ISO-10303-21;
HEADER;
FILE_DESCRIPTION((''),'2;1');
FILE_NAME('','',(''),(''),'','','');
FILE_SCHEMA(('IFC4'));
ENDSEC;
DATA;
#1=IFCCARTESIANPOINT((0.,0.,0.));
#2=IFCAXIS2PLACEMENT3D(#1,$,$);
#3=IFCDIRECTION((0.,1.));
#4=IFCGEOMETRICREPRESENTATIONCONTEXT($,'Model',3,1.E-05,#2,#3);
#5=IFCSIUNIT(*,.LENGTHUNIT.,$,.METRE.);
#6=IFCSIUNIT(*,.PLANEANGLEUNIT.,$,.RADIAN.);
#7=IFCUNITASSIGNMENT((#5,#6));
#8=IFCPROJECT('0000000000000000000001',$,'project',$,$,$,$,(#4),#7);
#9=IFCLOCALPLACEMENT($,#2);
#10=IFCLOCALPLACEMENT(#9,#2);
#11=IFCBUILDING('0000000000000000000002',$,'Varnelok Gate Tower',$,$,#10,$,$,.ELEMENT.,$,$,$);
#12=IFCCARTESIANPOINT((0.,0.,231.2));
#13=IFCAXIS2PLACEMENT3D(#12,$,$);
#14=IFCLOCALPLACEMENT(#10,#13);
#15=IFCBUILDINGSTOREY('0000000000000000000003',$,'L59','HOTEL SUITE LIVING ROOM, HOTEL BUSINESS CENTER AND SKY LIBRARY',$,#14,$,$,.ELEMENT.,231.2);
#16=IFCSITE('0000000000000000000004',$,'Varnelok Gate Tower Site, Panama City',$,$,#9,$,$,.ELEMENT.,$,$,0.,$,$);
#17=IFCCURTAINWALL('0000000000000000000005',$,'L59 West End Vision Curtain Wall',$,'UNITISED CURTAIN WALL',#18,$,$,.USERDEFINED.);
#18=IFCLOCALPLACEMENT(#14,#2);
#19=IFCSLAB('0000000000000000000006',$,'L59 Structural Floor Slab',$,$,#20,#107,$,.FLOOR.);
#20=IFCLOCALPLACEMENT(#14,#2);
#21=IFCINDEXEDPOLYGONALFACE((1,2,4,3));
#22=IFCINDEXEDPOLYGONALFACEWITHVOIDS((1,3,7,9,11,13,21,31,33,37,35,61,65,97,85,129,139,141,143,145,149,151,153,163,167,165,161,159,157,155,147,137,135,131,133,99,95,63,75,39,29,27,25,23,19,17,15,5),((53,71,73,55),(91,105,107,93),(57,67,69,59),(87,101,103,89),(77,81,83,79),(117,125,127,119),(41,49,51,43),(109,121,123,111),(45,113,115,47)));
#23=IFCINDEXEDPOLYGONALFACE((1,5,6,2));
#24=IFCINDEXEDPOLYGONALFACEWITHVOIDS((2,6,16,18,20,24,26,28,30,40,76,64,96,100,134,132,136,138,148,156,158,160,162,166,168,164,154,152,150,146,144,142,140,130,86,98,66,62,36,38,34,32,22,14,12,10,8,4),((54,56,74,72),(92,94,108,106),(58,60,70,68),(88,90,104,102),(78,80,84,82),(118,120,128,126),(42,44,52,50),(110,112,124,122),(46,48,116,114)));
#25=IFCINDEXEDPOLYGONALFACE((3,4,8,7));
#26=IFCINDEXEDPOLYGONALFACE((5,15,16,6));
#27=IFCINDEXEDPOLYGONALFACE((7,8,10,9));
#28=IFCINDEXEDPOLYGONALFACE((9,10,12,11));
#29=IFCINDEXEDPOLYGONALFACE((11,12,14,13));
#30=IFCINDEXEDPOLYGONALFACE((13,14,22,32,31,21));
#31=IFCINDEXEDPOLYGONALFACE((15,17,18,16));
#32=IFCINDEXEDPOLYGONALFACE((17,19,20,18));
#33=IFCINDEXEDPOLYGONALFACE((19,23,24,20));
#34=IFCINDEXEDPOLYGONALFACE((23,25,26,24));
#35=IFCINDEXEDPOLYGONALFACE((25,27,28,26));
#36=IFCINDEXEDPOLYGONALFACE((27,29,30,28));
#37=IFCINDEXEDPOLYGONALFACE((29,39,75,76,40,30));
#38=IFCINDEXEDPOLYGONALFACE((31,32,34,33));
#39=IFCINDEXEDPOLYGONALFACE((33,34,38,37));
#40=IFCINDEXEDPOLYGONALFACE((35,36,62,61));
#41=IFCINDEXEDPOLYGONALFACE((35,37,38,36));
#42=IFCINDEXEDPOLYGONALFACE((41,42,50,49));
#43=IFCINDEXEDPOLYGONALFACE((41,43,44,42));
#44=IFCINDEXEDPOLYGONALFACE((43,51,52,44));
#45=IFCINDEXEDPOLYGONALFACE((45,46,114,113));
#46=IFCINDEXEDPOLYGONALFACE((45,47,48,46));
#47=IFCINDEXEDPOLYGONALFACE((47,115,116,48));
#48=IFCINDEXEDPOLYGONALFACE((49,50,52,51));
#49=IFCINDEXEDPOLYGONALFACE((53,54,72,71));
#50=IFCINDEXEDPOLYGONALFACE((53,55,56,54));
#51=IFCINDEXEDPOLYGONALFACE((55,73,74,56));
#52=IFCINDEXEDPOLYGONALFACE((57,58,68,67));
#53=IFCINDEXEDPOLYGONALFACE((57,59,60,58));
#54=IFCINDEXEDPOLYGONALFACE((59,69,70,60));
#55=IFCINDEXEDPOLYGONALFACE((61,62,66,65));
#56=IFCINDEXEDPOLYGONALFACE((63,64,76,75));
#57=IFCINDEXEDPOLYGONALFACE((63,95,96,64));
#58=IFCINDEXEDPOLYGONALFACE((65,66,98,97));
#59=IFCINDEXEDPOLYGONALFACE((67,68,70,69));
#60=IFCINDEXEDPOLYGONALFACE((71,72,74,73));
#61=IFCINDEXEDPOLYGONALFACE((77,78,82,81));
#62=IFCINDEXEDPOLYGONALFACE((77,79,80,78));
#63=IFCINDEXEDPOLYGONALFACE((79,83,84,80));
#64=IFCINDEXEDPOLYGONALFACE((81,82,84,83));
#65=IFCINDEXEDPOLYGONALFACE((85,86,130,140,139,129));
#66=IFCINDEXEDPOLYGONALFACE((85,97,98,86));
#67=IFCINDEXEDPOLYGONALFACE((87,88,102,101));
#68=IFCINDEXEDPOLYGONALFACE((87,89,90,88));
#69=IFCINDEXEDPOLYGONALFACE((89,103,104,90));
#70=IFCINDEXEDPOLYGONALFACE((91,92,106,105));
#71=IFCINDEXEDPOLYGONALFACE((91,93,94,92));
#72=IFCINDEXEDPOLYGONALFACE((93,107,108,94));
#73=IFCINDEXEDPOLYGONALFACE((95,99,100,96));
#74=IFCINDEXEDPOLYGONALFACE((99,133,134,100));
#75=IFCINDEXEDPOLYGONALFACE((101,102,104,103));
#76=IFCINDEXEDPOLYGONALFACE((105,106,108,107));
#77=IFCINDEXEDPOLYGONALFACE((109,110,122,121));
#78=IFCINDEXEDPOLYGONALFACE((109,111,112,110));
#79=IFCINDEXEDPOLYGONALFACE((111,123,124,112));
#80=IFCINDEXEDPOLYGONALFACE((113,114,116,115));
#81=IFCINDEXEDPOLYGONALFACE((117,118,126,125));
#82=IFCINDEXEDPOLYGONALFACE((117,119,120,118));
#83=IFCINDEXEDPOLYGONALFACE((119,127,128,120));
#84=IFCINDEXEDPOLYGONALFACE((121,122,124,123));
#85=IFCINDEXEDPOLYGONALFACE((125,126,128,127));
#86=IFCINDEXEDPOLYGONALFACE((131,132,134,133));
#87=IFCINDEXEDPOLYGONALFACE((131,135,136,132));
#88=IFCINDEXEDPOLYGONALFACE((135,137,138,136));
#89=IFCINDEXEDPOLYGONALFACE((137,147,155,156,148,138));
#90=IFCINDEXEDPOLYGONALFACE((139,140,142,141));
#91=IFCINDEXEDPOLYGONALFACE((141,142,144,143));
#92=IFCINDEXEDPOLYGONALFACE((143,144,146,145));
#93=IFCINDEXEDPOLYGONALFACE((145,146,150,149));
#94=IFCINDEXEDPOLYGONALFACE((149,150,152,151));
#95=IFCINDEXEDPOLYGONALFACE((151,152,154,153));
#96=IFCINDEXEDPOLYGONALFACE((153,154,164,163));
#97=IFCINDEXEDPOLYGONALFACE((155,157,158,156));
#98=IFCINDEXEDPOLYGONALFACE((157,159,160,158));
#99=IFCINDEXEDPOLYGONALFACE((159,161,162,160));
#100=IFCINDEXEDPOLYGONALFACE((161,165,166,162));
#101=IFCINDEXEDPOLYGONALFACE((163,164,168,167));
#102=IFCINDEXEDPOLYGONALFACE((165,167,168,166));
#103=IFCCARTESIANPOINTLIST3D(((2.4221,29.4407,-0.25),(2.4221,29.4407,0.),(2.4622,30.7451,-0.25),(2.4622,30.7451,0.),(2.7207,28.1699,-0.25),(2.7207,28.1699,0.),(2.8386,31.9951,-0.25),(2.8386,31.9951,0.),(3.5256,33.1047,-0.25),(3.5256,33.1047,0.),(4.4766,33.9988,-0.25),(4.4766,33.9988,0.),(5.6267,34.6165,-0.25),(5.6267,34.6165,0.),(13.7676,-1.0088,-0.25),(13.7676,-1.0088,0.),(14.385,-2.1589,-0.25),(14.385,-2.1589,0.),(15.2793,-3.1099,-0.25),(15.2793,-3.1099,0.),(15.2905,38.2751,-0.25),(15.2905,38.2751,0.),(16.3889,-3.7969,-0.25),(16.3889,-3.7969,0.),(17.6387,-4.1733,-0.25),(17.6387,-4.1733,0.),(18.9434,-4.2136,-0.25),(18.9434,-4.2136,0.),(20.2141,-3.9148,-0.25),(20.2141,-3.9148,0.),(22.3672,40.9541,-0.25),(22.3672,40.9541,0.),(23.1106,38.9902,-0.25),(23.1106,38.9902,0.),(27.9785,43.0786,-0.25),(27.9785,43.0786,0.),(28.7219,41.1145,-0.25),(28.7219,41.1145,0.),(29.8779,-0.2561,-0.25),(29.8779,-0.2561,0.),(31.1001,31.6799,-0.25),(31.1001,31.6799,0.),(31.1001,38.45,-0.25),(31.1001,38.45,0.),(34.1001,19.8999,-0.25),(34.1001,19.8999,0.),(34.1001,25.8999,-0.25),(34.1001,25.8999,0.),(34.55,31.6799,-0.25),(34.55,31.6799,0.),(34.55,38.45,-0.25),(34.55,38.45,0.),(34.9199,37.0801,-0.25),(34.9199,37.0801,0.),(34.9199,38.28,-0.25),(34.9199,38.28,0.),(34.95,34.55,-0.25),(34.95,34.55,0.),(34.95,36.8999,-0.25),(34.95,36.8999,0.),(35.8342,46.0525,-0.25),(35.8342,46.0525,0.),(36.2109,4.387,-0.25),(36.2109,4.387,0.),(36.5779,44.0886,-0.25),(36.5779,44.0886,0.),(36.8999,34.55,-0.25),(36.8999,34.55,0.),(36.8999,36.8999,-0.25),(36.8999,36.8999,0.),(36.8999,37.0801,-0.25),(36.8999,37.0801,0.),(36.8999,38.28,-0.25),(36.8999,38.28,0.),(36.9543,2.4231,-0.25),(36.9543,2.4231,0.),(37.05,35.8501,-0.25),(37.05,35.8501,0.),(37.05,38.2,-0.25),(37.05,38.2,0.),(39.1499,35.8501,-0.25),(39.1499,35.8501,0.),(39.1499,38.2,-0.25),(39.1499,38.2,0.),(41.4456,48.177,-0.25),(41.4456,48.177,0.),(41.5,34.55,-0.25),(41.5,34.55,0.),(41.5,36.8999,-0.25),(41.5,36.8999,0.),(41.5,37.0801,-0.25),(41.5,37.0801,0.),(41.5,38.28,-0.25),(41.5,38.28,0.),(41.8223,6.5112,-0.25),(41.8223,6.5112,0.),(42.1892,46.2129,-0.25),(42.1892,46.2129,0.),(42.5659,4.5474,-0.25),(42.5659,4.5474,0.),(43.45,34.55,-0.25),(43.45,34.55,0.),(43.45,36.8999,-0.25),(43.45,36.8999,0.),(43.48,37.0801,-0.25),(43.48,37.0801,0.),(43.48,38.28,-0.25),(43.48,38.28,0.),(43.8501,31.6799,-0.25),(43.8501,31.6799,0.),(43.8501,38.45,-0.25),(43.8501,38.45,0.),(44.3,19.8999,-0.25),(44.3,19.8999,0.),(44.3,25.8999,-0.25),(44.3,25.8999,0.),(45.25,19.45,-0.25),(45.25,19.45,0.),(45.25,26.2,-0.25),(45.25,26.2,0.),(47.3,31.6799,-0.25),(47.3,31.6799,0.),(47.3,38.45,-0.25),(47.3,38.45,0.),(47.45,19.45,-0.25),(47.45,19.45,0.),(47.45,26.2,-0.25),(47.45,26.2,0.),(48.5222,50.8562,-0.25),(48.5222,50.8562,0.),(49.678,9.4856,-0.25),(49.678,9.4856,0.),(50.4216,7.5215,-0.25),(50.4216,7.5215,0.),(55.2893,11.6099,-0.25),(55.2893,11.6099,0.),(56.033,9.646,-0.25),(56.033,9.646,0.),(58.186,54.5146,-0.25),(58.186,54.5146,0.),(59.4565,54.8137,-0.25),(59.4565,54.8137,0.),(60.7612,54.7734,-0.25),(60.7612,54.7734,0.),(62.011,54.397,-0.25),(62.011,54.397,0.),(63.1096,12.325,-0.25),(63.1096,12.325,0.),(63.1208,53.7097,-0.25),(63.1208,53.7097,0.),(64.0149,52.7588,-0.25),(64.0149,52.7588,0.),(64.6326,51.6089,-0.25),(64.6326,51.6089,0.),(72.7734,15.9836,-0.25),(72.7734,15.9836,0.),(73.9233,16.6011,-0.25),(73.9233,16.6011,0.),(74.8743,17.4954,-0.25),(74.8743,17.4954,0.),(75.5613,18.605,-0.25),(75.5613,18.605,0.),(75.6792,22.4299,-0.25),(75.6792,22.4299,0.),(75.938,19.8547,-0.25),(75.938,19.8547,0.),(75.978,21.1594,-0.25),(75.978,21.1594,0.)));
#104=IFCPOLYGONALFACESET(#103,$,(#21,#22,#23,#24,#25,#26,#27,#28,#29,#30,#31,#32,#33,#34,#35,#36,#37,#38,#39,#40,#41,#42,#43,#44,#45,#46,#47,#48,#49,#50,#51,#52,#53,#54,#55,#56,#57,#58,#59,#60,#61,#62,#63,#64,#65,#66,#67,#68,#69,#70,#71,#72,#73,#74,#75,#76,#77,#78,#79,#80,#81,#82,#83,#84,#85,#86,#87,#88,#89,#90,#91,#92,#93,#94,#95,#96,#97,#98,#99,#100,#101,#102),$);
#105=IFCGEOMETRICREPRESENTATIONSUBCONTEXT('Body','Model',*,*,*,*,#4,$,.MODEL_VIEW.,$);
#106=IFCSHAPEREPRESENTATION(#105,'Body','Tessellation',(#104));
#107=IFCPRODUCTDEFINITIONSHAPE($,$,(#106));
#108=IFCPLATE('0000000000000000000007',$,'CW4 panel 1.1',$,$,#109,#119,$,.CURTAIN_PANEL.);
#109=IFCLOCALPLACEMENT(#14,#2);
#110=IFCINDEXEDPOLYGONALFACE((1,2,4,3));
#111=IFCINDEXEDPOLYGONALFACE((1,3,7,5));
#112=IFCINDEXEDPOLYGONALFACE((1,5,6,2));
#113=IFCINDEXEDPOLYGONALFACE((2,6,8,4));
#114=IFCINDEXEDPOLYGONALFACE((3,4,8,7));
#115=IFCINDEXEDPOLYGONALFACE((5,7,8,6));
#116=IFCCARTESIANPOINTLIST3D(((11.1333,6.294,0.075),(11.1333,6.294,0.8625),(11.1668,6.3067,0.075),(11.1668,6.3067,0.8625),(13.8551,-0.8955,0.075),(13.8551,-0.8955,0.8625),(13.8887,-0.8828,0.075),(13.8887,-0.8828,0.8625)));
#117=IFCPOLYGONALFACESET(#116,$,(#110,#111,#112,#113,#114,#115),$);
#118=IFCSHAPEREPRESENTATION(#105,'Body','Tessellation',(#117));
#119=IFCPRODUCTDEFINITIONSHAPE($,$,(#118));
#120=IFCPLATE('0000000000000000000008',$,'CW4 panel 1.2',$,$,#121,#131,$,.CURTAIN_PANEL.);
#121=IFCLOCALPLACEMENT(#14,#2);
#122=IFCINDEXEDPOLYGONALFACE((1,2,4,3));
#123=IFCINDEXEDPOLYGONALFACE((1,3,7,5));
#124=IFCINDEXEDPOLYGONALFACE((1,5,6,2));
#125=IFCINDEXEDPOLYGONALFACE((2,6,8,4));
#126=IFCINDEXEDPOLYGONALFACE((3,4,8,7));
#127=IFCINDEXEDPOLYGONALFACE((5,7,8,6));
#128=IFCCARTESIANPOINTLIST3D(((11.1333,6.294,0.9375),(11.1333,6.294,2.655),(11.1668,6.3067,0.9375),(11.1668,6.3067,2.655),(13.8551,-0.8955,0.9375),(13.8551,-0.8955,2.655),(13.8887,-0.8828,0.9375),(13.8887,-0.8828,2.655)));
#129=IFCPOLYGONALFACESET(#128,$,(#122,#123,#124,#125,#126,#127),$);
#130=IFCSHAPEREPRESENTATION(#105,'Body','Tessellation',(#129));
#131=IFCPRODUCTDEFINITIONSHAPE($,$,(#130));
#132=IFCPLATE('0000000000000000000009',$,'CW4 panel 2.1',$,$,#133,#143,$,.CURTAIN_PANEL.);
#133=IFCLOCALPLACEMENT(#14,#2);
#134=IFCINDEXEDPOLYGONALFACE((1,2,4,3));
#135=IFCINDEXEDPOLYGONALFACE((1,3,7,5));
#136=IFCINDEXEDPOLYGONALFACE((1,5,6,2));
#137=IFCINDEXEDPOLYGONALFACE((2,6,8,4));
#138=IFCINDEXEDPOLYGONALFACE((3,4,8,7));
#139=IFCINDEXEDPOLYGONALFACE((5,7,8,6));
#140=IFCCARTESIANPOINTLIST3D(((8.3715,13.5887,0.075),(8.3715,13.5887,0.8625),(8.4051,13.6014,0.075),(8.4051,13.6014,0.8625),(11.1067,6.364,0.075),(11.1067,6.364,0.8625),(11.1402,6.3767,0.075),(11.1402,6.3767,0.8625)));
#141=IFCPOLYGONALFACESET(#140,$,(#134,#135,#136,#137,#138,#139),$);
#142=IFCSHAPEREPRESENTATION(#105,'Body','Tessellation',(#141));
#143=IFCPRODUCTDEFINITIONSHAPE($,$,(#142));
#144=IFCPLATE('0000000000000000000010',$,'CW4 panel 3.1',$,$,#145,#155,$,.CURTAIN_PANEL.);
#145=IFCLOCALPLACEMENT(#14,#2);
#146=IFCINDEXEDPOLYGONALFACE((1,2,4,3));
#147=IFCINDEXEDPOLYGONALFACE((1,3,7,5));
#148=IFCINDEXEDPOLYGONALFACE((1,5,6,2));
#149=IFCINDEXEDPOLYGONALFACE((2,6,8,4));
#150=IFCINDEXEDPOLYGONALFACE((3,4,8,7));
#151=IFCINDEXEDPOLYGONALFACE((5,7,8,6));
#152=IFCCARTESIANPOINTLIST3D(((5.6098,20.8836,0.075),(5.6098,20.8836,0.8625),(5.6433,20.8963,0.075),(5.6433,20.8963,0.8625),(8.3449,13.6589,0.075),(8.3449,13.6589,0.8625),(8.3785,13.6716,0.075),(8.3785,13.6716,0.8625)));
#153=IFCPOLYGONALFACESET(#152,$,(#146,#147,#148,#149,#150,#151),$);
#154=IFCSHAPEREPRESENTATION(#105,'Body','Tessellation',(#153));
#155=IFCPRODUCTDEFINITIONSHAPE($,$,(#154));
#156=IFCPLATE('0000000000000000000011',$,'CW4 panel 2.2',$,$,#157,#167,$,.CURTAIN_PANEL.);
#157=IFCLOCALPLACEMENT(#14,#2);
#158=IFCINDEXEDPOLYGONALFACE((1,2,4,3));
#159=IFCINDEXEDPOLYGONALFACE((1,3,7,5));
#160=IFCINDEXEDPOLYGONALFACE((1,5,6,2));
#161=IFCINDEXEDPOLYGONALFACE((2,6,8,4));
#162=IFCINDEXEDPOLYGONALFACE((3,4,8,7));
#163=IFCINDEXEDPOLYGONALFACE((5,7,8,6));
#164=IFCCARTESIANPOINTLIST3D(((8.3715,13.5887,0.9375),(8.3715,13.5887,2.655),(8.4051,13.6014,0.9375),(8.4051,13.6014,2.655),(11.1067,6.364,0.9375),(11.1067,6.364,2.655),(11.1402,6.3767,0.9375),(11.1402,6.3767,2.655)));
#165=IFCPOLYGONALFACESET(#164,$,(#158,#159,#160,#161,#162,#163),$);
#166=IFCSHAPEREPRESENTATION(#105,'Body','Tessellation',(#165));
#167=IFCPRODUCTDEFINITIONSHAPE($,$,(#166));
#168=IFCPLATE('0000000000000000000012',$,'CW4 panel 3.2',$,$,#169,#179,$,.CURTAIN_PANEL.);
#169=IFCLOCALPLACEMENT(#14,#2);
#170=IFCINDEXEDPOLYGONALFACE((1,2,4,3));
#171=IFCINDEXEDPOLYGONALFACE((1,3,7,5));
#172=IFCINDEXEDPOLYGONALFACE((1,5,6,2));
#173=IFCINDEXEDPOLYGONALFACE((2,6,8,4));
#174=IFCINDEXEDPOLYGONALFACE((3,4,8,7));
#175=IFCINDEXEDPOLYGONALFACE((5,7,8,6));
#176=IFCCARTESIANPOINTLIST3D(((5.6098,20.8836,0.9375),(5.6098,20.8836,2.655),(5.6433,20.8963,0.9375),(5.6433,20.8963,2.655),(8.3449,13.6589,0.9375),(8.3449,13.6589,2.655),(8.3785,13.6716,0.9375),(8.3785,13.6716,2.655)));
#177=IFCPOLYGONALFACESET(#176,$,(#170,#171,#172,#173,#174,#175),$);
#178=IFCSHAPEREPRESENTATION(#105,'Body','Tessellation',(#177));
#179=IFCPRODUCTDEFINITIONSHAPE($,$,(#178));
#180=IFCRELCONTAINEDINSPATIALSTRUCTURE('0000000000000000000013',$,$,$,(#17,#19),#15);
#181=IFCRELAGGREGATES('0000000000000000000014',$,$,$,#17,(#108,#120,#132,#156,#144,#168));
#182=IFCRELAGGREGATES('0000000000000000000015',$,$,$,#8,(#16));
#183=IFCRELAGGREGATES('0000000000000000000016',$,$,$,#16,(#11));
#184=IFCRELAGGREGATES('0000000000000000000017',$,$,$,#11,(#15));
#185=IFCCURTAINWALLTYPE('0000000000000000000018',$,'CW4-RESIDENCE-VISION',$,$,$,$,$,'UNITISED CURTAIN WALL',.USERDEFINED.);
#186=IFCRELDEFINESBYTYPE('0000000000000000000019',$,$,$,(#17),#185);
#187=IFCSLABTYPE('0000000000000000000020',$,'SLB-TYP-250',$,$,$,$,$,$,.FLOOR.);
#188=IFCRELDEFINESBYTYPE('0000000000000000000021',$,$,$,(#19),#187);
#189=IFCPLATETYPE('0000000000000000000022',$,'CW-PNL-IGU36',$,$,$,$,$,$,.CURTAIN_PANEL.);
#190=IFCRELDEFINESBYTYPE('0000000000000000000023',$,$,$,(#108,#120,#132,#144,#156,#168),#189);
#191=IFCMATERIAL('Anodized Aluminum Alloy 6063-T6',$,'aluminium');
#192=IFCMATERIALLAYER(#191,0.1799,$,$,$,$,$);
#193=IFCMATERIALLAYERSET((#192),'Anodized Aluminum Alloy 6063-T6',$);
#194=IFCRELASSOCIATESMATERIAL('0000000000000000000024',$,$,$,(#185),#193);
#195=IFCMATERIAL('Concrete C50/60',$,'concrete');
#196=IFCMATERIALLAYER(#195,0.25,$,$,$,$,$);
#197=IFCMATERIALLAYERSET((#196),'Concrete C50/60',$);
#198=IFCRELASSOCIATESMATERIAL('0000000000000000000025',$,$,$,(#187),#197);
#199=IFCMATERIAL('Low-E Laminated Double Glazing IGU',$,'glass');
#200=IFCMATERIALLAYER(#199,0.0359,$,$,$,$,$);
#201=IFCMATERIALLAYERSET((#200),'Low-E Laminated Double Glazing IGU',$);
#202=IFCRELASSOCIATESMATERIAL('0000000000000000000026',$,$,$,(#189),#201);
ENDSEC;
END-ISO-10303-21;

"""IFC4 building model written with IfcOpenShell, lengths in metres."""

from ifc_helpers import new_model, si_unit, direction, frame, origin, origin_2d, place, context, subcontext, project, spatial, polyline, rectangle, outline, extrude, source, transform, mapped, material, layer, layer_set, type_object, element, aggregate, save


model = new_model("IFC4")

# Units and contexts
model_context = context("Model", 3, precision=1e-05, world=origin(), true_north=direction((0.0, 1.0)))
body_context = subcontext(model_context, "Body", "Model", "MODEL_VIEW")
ifc_project = project(units=[si_unit("LENGTHUNIT", "METRE"), si_unit("PLANEANGLEUNIT", "RADIAN")], contexts=[model_context])

# Site, building, storey
site_placement = place(None, origin())
site = spatial("IfcSite", under=ifc_project, at=site_placement, Name="Varnelok Gate Tower Site, Panama City", CompositionType="ELEMENT", RefElevation=0.0)
building_placement = place(site_placement, origin())
building = spatial("IfcBuilding", under=site, at=building_placement, Name="Varnelok Gate Tower", CompositionType="ELEMENT")
storey_placement = place(building_placement, frame((0.0, 0.0, 231.2)))
storey = spatial("IfcBuildingStorey", under=building, at=storey_placement, Name="L59", Description="HOTEL SUITE LIVING ROOM, HOTEL BUSINESS CENTER AND SKY LIBRARY", CompositionType="ELEMENT", Elevation=231.2)

# Curtain wall
ifc_material_1 = material(Name="Anodized Aluminum Alloy 6063-T6", Category="aluminium")
ifc_layer_1 = layer(ifc_material_1, 0.1799)
ifc_layer_set_1 = layer_set([ifc_layer_1], Name="Anodized Aluminum Alloy 6063-T6")
curtain_wall_type = type_object("IfcCurtainWallType", Name="CW4-RESIDENCE-VISION", ElementType="UNITISED CURTAIN WALL", PredefinedType="USERDEFINED", material=ifc_layer_set_1)
curtain_wall_placement = place(storey_placement, origin())
curtain_wall = element("IfcCurtainWall", 1, at=curtain_wall_placement, inside=storey, type_object=curtain_wall_type, Name="L59 West End Vision Curtain Wall", ObjectType="UNITISED CURTAIN WALL", PredefinedType="USERDEFINED")

# Shared definitions
ifc_material_2 = material(Name="Concrete C50/60", Category="concrete")

# Slab
ifc_layer_2 = layer(ifc_material_2, 0.25)
ifc_layer_set_2 = layer_set([ifc_layer_2], Name="Concrete C50/60")
slab_type_1 = type_object("IfcSlabType", Name="SLB-TYP-250", PredefinedType="FLOOR", material=ifc_layer_set_2)
slab_1_placement = place(storey_placement, frame((0.0, 0.0, -0.25)))
element("IfcSlab", 2, at=slab_1_placement, inside=storey, type_object=slab_type_1, Name="L59 Structural Floor Slab", PredefinedType="FLOOR", context=body_context, shape_type="SweptSolid", body=[
    extrude(outline(polyline([(13.7676, -1.0088), (14.385, -2.1589), (15.2793, -3.1099), (16.3889, -3.7969), (17.6387, -4.1733), (18.9434, -4.2136), (20.2141, -3.9148), (29.8779, -0.2561), (36.9543, 2.4231), (36.2109, 4.387), (41.8223, 6.5112), (42.5659, 4.5474), (50.4216, 7.5215), (49.678, 9.4856), (55.2893, 11.6099), (56.033, 9.646), (63.1096, 12.325), (72.7734, 15.9836), (73.9233, 16.6011), (74.8743, 17.4954), (75.5613, 18.605), (75.938, 19.8547), (75.978, 21.1594), (75.6792, 22.4299), (64.6326, 51.6089), (64.0149, 52.7588), (63.1208, 53.7097), (62.011, 54.397), (60.7612, 54.7734), (59.4565, 54.8137), (58.186, 54.5146), (48.5222, 50.8562), (41.4456, 48.177), (42.1892, 46.2129), (36.5779, 44.0886), (35.8342, 46.0525), (27.9785, 43.0786), (28.7219, 41.1145), (23.1106, 38.9902), (22.3672, 40.9541), (15.2905, 38.2751), (5.6267, 34.6165), (4.4766, 33.9988), (3.5256, 33.1047), (2.8386, 31.9951), (2.4622, 30.7451), (2.4221, 29.4407), (2.7207, 28.1699), (13.7676, -1.0088)]), holes=[polyline([(34.55, 31.6799), (34.55, 38.45), (31.1001, 38.45), (31.1001, 31.6799), (34.55, 31.6799)]), polyline([(47.3, 31.6799), (47.3, 38.45), (43.8501, 38.45), (43.8501, 31.6799), (47.3, 31.6799)]), polyline([(34.95, 34.55), (36.8999, 34.55), (36.8999, 36.8999), (34.95, 36.8999), (34.95, 34.55)]), polyline([(41.5, 34.55), (43.45, 34.55), (43.45, 36.8999), (41.5, 36.8999), (41.5, 34.55)]), polyline([(37.05, 35.8501), (39.1499, 35.8501), (39.1499, 38.2), (37.05, 38.2), (37.05, 35.8501)]), polyline([(45.25, 19.45), (47.45, 19.45), (47.45, 26.2), (45.25, 26.2), (45.25, 19.45)]), polyline([(34.9199, 37.0801), (36.8999, 37.0801), (36.8999, 38.28), (34.9199, 38.28), (34.9199, 37.0801)]), polyline([(41.5, 37.0801), (43.48, 37.0801), (43.48, 38.28), (41.5, 38.28), (41.5, 37.0801)]), polyline([(34.1001, 19.8999), (44.3, 19.8999), (44.3, 25.8999), (34.1001, 25.8999), (34.1001, 19.8999)])]), origin(), (0.0, 0.0, 1.0), 0.25),
])

# Plates
ifc_material_3 = material(Name="Low-E Laminated Double Glazing IGU", Category="glass")
ifc_layer_3 = layer(ifc_material_3, 0.0359)
ifc_layer_set_3 = layer_set([ifc_layer_3], Name="Low-E Laminated Double Glazing IGU")
plate_type = type_object("IfcPlateType", Name="CW-PNL-IGU36", PredefinedType="CURTAIN_PANEL", material=ifc_layer_set_3)
shared_shape_1 = source(origin(), body_context, "Body", "SweptSolid", [
    extrude(rectangle(XDim=7.6875, YDim=0.0359, at=origin_2d()), origin(), (0.0, 0.0, 1.0), 0.7876),
])
plate_1_placement = place(storey_placement, frame((12.511, 2.7056, 0.075), z_axis=(0.0, 0.0, 1.0), x_axis=(-0.354063, 0.935222, 0.0)))
plate_1 = element("IfcPlate", 3, at=plate_1_placement, type_object=plate_type, Name="CW4 panel 1.1", PredefinedType="CURTAIN_PANEL", context=body_context, shape_type="MappedRepresentation", body=[
    mapped(shared_shape_1, transform((0.0, 0.0, 0.0), scale=1.0)),
])
shared_shape_2 = source(origin(), body_context, "Body", "SweptSolid", [
    extrude(rectangle(XDim=7.6875, YDim=0.0359, at=origin_2d()), origin(), (0.0, 0.0, 1.0), 1.7175),
])
plate_2_placement = place(storey_placement, frame((12.511, 2.7056, 0.9375), z_axis=(0.0, 0.0, 1.0), x_axis=(-0.354063, 0.935222, 0.0)))
plate_2 = element("IfcPlate", 4, at=plate_2_placement, type_object=plate_type, Name="CW4 panel 1.2", PredefinedType="CURTAIN_PANEL", context=body_context, shape_type="MappedRepresentation", body=[
    mapped(shared_shape_2, transform((0.0, 0.0, 0.0), scale=1.0)),
])
shared_shape_3 = source(origin(), body_context, "Body", "SweptSolid", [
    extrude(rectangle(XDim=7.7251, YDim=0.0359, at=origin_2d()), origin(), (0.0, 0.0, 1.0), 0.7876),
])
plate_3_placement = place(storey_placement, frame((9.7559, 9.9827, 0.075), z_axis=(0.0, 0.0, 1.0), x_axis=(-0.354063, 0.935222, 0.0)))
plate_3 = element("IfcPlate", 5, at=plate_3_placement, type_object=plate_type, Name="CW4 panel 2.1", PredefinedType="CURTAIN_PANEL", context=body_context, shape_type="MappedRepresentation", body=[
    mapped(shared_shape_3, transform((0.0, 0.0, 0.0), scale=1.0)),
])
plate_4_placement = place(storey_placement, frame((6.9941, 17.2776, 0.075), z_axis=(0.0, 0.0, 1.0), x_axis=(-0.354063, 0.935222, 0.0)))
plate_4 = element("IfcPlate", 6, at=plate_4_placement, type_object=plate_type, Name="CW4 panel 3.1", PredefinedType="CURTAIN_PANEL", context=body_context, shape_type="MappedRepresentation", body=[
    mapped(shared_shape_3, transform((0.0, 0.0, 0.0), scale=1.0)),
])
shared_shape_4 = source(origin(), body_context, "Body", "SweptSolid", [
    extrude(rectangle(XDim=7.7251, YDim=0.0359, at=origin_2d()), origin(), (0.0, 0.0, 1.0), 1.7175),
])
plate_5_placement = place(storey_placement, frame((9.7559, 9.9827, 0.9375), z_axis=(0.0, 0.0, 1.0), x_axis=(-0.354063, 0.935222, 0.0)))
plate_5 = element("IfcPlate", 7, at=plate_5_placement, type_object=plate_type, Name="CW4 panel 2.2", PredefinedType="CURTAIN_PANEL", context=body_context, shape_type="MappedRepresentation", body=[
    mapped(shared_shape_4, transform((0.0, 0.0, 0.0), scale=1.0)),
])
plate_6_placement = place(storey_placement, frame((6.9941, 17.2776, 0.9375), z_axis=(0.0, 0.0, 1.0), x_axis=(-0.354063, 0.935222, 0.0)))
plate_6 = element("IfcPlate", 8, at=plate_6_placement, type_object=plate_type, Name="CW4 panel 3.2", PredefinedType="CURTAIN_PANEL", context=body_context, shape_type="MappedRepresentation", body=[
    mapped(shared_shape_4, transform((0.0, 0.0, 0.0), scale=1.0)),
])
aggregate(curtain_wall, [plate_1, plate_2, plate_3, plate_5, plate_4, plate_6])

save(model, "model.ifc")
